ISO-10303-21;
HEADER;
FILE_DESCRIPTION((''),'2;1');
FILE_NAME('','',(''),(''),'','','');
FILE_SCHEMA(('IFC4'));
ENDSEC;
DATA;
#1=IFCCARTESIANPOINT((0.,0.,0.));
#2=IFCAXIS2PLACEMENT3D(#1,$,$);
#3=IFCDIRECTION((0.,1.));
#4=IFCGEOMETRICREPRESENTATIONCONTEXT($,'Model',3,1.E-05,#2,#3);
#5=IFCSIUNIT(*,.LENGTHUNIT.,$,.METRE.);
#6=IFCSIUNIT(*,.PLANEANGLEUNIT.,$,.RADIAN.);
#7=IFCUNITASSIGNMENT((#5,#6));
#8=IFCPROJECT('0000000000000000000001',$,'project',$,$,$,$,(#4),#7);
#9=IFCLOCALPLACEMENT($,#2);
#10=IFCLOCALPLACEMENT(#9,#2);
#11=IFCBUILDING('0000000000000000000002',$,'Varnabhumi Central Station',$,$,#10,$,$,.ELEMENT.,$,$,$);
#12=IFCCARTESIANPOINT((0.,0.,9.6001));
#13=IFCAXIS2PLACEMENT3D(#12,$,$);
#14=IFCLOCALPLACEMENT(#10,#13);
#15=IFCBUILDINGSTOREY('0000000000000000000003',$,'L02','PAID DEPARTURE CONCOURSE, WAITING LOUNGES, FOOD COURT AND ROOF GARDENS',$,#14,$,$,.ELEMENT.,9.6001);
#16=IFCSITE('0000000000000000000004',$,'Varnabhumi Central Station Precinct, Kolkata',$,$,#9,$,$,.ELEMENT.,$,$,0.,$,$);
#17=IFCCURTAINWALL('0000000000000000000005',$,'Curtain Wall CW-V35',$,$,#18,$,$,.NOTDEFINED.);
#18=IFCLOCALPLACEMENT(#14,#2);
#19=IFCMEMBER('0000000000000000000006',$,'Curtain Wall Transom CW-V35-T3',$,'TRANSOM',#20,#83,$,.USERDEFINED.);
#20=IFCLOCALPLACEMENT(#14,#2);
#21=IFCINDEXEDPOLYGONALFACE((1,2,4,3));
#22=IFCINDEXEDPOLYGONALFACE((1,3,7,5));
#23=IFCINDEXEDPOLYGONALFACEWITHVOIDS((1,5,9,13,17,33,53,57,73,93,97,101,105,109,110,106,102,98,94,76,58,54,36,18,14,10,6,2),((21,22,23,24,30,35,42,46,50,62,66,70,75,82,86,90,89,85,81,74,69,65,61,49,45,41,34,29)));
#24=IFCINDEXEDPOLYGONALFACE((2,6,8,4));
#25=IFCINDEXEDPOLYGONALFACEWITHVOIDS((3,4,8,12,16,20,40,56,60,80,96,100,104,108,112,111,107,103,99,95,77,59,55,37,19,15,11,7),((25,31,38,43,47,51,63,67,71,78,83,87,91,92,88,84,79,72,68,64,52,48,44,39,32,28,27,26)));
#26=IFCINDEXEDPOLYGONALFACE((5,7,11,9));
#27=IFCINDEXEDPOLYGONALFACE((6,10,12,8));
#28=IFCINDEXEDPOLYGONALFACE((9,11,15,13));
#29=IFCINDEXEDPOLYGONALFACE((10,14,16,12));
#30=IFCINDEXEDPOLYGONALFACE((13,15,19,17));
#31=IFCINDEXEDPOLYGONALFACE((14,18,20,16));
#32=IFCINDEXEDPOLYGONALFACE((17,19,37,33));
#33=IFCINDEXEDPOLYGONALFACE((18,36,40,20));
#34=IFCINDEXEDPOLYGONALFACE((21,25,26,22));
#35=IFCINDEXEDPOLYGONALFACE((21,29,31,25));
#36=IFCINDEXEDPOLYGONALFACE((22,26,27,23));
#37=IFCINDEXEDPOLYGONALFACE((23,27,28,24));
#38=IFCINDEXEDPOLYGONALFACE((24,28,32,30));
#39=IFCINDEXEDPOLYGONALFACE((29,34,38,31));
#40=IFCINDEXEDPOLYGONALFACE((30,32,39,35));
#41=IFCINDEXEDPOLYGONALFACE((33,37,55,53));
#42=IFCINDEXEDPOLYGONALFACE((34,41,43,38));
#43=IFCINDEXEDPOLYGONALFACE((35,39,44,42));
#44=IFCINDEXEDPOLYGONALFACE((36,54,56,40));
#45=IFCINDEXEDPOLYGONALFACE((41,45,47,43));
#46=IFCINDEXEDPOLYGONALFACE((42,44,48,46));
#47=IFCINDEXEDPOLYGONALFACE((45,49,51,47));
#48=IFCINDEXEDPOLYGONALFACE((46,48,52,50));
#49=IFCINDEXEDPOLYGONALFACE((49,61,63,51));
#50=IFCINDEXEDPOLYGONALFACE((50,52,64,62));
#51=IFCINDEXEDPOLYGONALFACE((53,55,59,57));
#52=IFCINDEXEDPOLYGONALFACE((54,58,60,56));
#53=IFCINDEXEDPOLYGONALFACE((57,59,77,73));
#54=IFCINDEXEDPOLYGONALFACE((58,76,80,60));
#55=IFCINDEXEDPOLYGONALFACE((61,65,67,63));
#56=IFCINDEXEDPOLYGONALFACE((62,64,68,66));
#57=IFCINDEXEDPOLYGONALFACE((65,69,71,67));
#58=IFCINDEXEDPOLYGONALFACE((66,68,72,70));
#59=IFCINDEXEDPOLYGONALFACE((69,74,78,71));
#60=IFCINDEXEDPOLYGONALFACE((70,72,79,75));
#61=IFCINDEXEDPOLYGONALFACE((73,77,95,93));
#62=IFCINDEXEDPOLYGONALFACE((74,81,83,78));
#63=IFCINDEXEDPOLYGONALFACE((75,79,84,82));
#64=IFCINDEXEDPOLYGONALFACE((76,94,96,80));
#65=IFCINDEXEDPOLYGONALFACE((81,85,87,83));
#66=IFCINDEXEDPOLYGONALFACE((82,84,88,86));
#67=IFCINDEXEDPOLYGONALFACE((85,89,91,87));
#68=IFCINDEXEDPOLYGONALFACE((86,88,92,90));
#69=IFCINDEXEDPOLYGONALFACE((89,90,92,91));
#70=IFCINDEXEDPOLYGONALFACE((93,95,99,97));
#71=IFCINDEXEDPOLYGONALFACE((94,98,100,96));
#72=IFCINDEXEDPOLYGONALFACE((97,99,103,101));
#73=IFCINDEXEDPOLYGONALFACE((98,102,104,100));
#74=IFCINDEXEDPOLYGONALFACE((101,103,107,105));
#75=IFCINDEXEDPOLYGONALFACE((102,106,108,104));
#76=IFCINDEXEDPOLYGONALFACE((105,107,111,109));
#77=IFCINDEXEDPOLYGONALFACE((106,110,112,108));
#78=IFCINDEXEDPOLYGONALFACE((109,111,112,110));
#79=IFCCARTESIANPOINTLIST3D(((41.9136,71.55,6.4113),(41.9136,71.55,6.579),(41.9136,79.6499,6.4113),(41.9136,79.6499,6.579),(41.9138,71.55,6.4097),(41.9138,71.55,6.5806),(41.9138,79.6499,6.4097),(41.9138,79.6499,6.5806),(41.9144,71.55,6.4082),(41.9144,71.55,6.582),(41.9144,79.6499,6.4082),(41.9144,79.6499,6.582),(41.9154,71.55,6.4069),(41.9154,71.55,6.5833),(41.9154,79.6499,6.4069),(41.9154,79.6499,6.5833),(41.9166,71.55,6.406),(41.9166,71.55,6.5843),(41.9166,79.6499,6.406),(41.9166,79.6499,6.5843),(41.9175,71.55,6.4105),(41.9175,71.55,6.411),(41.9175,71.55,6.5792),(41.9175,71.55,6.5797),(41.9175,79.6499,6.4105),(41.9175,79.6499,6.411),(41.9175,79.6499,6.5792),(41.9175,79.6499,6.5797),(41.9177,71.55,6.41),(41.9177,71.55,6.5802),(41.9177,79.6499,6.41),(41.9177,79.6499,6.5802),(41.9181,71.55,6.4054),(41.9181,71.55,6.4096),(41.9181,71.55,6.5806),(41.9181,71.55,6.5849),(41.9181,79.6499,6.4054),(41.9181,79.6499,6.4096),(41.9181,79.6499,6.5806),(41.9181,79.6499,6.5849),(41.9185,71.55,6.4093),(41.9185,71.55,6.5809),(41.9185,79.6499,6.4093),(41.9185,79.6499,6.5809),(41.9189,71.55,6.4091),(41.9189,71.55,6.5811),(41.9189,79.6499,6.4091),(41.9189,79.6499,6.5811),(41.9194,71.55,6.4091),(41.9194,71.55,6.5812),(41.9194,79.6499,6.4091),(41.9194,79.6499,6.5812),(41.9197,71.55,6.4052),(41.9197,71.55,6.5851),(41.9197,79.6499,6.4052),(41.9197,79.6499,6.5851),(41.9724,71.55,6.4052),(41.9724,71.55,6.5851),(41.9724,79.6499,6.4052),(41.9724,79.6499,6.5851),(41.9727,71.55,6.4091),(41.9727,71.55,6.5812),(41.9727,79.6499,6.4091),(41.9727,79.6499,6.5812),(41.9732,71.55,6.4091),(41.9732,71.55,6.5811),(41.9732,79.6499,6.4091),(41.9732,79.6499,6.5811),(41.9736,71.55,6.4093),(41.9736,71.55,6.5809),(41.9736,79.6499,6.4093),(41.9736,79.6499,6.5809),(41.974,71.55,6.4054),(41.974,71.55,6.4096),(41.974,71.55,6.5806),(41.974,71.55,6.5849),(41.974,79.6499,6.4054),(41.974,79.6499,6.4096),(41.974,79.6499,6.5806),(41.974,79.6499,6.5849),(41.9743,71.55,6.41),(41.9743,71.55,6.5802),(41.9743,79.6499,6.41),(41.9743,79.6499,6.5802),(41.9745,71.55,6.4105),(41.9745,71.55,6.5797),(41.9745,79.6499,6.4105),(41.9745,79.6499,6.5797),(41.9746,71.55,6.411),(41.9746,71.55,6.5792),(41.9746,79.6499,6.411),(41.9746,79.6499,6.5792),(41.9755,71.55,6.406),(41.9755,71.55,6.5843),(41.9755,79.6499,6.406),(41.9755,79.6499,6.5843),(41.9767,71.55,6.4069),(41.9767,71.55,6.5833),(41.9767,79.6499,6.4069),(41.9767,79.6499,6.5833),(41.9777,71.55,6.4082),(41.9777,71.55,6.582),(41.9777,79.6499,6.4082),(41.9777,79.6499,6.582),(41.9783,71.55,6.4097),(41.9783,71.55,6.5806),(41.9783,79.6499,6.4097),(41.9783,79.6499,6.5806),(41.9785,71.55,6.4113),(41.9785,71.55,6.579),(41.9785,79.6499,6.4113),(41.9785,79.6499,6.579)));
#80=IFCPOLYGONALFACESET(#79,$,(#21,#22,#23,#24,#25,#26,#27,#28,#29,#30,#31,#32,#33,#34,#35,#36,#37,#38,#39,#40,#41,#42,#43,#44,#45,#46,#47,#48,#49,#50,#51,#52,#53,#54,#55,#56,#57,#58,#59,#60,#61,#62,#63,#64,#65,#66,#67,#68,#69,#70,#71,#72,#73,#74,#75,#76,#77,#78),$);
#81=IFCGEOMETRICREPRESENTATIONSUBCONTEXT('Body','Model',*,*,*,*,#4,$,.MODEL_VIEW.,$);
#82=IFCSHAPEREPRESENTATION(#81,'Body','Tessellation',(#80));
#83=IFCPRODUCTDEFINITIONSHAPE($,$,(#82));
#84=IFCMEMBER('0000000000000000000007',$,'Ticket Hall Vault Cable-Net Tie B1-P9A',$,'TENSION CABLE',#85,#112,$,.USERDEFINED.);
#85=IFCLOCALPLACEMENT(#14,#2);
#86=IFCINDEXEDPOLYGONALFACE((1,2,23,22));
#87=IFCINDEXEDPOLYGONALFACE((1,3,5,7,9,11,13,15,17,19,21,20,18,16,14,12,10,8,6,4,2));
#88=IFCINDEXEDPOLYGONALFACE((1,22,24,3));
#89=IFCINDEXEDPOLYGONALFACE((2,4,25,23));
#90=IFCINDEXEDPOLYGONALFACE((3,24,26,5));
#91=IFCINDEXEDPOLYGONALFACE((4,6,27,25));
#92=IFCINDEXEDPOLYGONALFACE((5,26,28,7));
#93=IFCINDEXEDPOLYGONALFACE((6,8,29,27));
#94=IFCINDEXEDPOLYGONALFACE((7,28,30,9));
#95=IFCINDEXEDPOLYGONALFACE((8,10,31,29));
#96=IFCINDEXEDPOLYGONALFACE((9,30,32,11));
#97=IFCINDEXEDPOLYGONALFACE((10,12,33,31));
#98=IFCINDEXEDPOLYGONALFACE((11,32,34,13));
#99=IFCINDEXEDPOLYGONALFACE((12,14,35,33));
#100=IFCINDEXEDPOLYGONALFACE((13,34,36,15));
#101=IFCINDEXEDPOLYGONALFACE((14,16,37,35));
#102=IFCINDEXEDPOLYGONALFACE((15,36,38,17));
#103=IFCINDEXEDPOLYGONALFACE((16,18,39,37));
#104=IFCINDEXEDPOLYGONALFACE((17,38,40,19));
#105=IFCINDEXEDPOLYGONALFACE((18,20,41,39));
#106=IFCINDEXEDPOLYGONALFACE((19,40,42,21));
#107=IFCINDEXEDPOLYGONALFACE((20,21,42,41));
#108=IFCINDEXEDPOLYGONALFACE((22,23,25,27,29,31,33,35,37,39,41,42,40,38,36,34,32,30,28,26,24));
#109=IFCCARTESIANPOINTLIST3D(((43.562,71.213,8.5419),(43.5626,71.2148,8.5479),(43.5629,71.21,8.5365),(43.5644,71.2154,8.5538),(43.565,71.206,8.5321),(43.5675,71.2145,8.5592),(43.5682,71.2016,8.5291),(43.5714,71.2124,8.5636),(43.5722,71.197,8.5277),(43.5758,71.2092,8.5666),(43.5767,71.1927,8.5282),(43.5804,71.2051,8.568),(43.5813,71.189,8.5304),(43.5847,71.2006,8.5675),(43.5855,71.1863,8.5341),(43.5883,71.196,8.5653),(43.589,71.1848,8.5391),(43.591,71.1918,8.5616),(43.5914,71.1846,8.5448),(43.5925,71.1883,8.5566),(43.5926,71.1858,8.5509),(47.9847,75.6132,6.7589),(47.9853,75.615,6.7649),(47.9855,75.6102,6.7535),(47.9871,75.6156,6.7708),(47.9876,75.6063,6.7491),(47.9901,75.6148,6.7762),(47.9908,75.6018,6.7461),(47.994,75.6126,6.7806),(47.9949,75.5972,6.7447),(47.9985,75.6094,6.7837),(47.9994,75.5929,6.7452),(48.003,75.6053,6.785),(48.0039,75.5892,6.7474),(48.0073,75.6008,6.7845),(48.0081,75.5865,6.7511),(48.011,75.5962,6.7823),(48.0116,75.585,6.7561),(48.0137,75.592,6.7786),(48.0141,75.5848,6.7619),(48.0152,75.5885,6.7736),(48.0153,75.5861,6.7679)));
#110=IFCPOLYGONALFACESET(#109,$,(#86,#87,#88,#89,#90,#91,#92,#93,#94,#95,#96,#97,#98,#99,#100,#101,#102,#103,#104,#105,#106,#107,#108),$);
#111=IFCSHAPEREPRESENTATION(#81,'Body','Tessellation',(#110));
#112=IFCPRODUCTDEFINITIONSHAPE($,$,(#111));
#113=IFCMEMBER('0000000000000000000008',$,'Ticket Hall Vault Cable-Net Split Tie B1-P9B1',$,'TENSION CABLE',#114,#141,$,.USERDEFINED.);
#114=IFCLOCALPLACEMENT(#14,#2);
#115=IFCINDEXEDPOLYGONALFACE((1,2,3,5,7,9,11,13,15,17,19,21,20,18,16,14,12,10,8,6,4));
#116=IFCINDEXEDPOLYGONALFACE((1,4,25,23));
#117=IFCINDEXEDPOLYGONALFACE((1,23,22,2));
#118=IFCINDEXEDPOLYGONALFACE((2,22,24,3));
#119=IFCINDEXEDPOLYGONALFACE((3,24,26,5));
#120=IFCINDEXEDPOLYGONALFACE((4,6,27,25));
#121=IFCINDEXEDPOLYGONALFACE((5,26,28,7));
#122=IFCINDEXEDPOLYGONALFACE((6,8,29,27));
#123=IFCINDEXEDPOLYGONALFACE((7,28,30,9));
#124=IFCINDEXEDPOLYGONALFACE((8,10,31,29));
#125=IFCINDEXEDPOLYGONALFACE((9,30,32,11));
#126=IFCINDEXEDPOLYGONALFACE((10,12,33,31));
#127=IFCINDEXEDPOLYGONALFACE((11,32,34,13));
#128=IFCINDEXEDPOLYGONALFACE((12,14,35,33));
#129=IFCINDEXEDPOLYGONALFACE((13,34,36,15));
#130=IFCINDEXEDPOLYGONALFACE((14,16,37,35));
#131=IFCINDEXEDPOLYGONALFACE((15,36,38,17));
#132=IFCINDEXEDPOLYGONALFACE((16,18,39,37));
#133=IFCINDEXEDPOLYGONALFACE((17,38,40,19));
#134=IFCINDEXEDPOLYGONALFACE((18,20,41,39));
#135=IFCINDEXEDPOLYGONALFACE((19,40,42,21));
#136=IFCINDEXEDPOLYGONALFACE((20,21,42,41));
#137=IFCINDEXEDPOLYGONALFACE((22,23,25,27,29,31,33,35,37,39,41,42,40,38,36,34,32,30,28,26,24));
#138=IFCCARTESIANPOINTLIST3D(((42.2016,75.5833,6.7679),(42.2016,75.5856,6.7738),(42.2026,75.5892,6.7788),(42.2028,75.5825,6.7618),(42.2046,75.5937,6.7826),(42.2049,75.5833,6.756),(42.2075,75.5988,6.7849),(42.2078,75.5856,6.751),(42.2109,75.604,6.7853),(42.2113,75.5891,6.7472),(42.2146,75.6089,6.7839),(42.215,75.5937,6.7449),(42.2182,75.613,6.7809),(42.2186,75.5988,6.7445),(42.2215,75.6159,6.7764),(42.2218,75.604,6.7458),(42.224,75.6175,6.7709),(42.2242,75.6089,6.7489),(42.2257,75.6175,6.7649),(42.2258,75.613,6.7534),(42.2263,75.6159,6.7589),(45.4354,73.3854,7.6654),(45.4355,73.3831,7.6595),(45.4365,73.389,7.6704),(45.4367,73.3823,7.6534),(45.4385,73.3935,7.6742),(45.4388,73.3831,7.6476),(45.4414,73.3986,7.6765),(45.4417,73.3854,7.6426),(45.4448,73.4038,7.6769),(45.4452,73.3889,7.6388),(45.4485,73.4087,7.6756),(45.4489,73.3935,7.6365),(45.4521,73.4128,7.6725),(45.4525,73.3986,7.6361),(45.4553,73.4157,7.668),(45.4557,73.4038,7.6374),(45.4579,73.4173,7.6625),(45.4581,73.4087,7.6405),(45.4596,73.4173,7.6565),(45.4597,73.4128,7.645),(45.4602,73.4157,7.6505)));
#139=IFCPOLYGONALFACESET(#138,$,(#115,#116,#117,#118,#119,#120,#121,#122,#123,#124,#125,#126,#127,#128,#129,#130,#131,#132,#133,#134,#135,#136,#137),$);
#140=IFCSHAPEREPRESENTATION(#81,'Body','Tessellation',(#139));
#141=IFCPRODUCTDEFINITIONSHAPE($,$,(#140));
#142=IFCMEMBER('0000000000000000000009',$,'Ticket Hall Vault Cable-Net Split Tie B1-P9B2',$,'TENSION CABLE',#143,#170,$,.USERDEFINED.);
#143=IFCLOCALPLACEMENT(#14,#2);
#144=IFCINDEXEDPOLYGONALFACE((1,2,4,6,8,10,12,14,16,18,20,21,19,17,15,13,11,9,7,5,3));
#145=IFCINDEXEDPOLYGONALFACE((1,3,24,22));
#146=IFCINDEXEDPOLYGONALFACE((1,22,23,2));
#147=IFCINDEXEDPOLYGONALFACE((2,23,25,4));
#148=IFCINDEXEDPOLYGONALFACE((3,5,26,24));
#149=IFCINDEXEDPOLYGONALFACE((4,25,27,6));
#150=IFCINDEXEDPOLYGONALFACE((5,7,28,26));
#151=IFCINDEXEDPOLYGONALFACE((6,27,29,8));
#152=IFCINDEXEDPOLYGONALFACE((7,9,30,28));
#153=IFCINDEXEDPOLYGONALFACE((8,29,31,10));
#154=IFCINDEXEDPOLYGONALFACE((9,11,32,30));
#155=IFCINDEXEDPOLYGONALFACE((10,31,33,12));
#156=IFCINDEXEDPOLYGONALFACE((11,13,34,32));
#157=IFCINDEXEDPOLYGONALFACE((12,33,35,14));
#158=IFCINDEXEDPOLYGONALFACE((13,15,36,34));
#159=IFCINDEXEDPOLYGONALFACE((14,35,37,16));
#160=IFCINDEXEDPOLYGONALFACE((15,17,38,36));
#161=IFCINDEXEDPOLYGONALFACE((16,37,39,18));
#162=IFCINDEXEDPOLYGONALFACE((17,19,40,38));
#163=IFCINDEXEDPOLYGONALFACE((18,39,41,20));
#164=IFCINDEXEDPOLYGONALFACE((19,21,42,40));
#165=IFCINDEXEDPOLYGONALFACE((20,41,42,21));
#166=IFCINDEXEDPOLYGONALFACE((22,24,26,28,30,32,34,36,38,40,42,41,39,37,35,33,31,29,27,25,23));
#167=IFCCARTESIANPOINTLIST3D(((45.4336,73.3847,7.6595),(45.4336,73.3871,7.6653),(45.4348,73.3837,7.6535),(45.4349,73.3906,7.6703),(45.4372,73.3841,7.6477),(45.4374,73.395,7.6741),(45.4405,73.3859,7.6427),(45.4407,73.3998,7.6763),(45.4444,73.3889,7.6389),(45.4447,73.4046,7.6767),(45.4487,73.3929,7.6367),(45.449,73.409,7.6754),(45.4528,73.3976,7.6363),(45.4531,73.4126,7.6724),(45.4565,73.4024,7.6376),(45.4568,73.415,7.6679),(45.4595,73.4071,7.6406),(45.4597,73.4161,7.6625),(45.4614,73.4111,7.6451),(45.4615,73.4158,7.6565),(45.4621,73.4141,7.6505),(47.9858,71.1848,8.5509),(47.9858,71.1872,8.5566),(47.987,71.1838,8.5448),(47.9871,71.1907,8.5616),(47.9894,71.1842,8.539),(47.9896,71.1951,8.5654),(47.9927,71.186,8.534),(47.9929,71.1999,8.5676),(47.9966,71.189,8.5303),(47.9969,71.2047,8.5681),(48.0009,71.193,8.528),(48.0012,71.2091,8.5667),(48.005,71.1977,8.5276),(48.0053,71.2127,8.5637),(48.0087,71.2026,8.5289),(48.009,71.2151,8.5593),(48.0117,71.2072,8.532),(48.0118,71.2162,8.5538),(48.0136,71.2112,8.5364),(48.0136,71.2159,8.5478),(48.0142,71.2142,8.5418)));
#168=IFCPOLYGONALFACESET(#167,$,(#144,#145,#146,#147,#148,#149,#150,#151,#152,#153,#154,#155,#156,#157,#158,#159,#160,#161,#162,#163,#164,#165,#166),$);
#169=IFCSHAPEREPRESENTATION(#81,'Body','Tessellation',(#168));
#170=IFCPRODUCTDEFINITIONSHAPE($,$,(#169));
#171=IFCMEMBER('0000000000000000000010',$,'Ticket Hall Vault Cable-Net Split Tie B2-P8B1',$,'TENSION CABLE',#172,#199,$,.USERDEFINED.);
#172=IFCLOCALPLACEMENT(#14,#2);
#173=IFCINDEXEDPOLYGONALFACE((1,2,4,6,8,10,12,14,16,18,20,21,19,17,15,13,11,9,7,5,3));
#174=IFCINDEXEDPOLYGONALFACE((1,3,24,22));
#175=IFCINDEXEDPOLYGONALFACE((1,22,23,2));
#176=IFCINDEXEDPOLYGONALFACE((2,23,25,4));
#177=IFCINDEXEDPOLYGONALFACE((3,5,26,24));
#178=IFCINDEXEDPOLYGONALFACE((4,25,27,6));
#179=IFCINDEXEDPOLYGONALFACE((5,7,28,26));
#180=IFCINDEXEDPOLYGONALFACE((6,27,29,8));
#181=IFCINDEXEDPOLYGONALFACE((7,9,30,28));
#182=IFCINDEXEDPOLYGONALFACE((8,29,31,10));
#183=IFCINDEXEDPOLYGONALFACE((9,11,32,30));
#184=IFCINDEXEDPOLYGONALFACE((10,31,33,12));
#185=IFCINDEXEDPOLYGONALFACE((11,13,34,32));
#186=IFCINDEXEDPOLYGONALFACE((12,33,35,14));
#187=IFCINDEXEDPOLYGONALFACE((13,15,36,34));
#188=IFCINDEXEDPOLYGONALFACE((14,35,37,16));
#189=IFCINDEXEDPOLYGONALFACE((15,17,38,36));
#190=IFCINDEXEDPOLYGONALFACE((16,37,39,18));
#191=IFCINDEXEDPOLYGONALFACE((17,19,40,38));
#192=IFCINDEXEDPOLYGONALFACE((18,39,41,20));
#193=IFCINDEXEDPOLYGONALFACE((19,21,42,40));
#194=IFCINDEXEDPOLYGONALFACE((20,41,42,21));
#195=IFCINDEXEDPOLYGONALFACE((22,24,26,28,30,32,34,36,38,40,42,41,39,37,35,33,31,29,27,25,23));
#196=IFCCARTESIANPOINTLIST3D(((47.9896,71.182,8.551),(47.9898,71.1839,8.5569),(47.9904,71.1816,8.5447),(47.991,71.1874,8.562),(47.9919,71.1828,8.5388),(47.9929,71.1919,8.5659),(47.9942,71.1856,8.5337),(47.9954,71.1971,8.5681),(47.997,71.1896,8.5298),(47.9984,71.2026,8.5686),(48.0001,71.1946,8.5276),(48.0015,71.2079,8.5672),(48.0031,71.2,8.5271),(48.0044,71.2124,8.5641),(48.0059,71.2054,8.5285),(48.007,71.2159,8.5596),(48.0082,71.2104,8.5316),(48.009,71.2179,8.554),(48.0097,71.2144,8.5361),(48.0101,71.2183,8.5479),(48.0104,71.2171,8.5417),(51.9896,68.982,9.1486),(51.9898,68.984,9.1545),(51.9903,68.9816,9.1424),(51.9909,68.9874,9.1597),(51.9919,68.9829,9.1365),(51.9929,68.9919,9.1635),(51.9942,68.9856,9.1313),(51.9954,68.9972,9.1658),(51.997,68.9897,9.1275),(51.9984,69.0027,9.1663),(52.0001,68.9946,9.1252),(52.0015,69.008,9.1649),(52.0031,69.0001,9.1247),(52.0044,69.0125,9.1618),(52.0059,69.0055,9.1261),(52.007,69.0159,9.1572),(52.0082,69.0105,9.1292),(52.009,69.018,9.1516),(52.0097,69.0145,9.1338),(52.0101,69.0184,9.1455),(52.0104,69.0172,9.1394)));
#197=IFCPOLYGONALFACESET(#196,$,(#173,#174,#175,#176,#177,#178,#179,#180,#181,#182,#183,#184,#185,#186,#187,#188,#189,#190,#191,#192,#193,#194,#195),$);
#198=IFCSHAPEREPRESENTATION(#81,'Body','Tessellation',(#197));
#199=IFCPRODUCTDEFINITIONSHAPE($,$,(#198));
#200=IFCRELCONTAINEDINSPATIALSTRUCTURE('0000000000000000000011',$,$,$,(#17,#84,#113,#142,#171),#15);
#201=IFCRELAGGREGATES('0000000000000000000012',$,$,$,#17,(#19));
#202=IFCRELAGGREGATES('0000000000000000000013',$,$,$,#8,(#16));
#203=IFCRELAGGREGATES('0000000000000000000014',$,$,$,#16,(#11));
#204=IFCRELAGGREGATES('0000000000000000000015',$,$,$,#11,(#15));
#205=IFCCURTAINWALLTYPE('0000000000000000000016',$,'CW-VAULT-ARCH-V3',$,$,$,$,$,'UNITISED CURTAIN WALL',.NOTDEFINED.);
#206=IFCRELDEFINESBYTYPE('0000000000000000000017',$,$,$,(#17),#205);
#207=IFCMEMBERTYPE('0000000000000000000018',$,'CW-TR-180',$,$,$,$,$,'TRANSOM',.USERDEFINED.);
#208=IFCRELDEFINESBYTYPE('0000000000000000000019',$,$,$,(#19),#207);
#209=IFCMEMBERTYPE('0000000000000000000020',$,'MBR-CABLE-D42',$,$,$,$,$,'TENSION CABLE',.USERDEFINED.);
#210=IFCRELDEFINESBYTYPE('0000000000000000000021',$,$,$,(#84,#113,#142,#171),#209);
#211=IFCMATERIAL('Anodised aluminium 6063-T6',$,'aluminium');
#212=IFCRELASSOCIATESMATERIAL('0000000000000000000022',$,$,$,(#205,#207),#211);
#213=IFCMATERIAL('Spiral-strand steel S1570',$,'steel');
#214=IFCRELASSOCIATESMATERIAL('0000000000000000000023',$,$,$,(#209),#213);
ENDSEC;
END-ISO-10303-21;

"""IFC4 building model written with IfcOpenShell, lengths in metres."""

from ifc_helpers import new_model, si_unit, direction, frame, origin, origin_2d, place, context, subcontext, project, spatial, hollow_rectangle, circle, extrude, material, material_profile, profile_set, type_object, element, aggregate, save


model = new_model("IFC4")

# Units and contexts
model_context = context("Model", 3, precision=1e-05, world=origin(), true_north=direction((0.0, 1.0)))
body_context = subcontext(model_context, "Body", "Model", "MODEL_VIEW")
ifc_project = project(units=[si_unit("LENGTHUNIT", "METRE"), si_unit("PLANEANGLEUNIT", "RADIAN")], contexts=[model_context])

# Site, building, storey
site_placement = place(None, origin())
site = spatial("IfcSite", under=ifc_project, at=site_placement, Name="Varnabhumi Central Station Precinct, Kolkata", CompositionType="ELEMENT", RefElevation=0.0)
building_placement = place(site_placement, origin())
building = spatial("IfcBuilding", under=site, at=building_placement, Name="Varnabhumi Central Station", CompositionType="ELEMENT")
storey_placement = place(building_placement, frame((0.0, 0.0, 9.6001)))
storey = spatial("IfcBuildingStorey", under=building, at=storey_placement, Name="L02", Description="PAID DEPARTURE CONCOURSE, WAITING LOUNGES, FOOD COURT AND ROOF GARDENS", CompositionType="ELEMENT", Elevation=9.6001)

# Shared definitions
ifc_material_1 = material(Name="Anodised aluminium 6063-T6", Category="aluminium")
curtain_wall_type = type_object("IfcCurtainWallType", Name="CW-VAULT-ARCH-V3", ElementType="UNITISED CURTAIN WALL", PredefinedType="NOTDEFINED", material=ifc_material_1)

# Curtain wall, member
curtain_wall_1_placement = place(storey_placement, origin())
curtain_wall_1 = element("IfcCurtainWall", 1, at=curtain_wall_1_placement, inside=storey, type_object=curtain_wall_type, Name="Curtain Wall CW-V35", PredefinedType="NOTDEFINED")
ifc_material_profile_1 = material_profile(ifc_material_1, hollow_rectangle(XDim=0.0649, YDim=0.1799, WallThickness=0.0039, InnerFilletRadius=0.002, OuterFilletRadius=0.0061, at=origin_2d()), Name="Anodised aluminium 6063-T6", Category="aluminium")
ifc_profile_set_1 = profile_set([ifc_material_profile_1], Name="Anodised aluminium 6063-T6")
member_type_1 = type_object("IfcMemberType", Name="CW-TR-180", ElementType="TRANSOM", PredefinedType="USERDEFINED", material=ifc_profile_set_1)
member_1_placement = place(storey_placement, frame((41.946, 71.55, 6.4951), z_axis=(0.0, 1.0, 0.0), x_axis=(-1.0, 0.0, 0.0)))
member_1 = element("IfcMember", 2, at=member_1_placement, type_object=member_type_1, Name="Curtain Wall Transom CW-V35-T3", ObjectType="TRANSOM", PredefinedType="USERDEFINED", context=body_context, shape_type="SweptSolid", body=[
    extrude(hollow_rectangle(XDim=0.0649, YDim=0.1799, WallThickness=0.0039, InnerFilletRadius=0.002, OuterFilletRadius=0.0061, at=origin_2d()), origin(), (0.0, 0.0, 1.0), 8.0999),
])

# Members
ifc_material_2 = material(Name="Spiral-strand steel S1570", Category="steel")
ifc_material_profile_2 = material_profile(ifc_material_2, circle(Radius=0.021, at=origin_2d()), Name="Spiral-strand steel S1570", Category="steel")
ifc_profile_set_2 = profile_set([ifc_material_profile_2], Name="Spiral-strand steel S1570")
member_type_2 = type_object("IfcMemberType", Name="MBR-CABLE-D42", ElementType="TENSION CABLE", PredefinedType="USERDEFINED", material=ifc_profile_set_2)
member_2_placement = place(storey_placement, frame((43.5774, 71.2, 8.5479), z_axis=(0.681615, 0.678153, -0.274791), x_axis=(-0.705304, 0.708905, 0.0)))
element("IfcMember", 3, at=member_2_placement, inside=storey, type_object=member_type_2, Name="Ticket Hall Vault Cable-Net Tie B1-P9A", ObjectType="TENSION CABLE", PredefinedType="USERDEFINED", context=body_context, shape_type="SweptSolid", body=[
    extrude(circle(Radius=0.021, at=origin_2d()), origin(), (0.0, 0.0, 1.0), 6.4885),
])
member_3_placement = place(storey_placement, frame((42.2139, 75.6001, 6.7649), z_axis=(0.806111, -0.548443, 0.22225), x_axis=(0.562511, 0.826789, 0.0)))
element("IfcMember", 4, at=member_3_placement, inside=storey, type_object=member_type_2, Name="Ticket Hall Vault Cable-Net Split Tie B1-P9B1", ObjectType="TENSION CABLE", PredefinedType="USERDEFINED", context=body_context, shape_type="SweptSolid", body=[
    extrude(circle(Radius=0.021, at=origin_2d()), origin(), (0.0, 0.0, 1.0), 4.0117),
])
member_4_placement = place(storey_placement, frame((45.4478, 73.3999, 7.6565), z_axis=(0.73226, -0.631184, 0.255738), x_axis=(0.652895, 0.757448, 0.0)))
element("IfcMember", 5, at=member_4_placement, inside=storey, type_object=member_type_2, Name="Ticket Hall Vault Cable-Net Split Tie B1-P9B2", ObjectType="TENSION CABLE", PredefinedType="USERDEFINED", context=body_context, shape_type="SweptSolid", body=[
    extrude(circle(Radius=0.021, at=origin_2d()), origin(), (0.0, 0.0, 1.0), 3.4854),
])
member_5_placement = place(storey_placement, frame((48.0, 71.2, 8.5479), z_axis=(0.868806, -0.477833, 0.129812), x_axis=(0.481911, 0.87622, 0.0)))
element("IfcMember", 6, at=member_5_placement, inside=storey, type_object=member_type_2, Name="Ticket Hall Vault Cable-Net Split Tie B2-P8B1", ObjectType="TENSION CABLE", PredefinedType="USERDEFINED", context=body_context, shape_type="SweptSolid", body=[
    extrude(circle(Radius=0.021, at=origin_2d()), origin(), (0.0, 0.0, 1.0), 4.604),
])

aggregate(curtain_wall_1, [member_1])

save(model, "model.ifc")
